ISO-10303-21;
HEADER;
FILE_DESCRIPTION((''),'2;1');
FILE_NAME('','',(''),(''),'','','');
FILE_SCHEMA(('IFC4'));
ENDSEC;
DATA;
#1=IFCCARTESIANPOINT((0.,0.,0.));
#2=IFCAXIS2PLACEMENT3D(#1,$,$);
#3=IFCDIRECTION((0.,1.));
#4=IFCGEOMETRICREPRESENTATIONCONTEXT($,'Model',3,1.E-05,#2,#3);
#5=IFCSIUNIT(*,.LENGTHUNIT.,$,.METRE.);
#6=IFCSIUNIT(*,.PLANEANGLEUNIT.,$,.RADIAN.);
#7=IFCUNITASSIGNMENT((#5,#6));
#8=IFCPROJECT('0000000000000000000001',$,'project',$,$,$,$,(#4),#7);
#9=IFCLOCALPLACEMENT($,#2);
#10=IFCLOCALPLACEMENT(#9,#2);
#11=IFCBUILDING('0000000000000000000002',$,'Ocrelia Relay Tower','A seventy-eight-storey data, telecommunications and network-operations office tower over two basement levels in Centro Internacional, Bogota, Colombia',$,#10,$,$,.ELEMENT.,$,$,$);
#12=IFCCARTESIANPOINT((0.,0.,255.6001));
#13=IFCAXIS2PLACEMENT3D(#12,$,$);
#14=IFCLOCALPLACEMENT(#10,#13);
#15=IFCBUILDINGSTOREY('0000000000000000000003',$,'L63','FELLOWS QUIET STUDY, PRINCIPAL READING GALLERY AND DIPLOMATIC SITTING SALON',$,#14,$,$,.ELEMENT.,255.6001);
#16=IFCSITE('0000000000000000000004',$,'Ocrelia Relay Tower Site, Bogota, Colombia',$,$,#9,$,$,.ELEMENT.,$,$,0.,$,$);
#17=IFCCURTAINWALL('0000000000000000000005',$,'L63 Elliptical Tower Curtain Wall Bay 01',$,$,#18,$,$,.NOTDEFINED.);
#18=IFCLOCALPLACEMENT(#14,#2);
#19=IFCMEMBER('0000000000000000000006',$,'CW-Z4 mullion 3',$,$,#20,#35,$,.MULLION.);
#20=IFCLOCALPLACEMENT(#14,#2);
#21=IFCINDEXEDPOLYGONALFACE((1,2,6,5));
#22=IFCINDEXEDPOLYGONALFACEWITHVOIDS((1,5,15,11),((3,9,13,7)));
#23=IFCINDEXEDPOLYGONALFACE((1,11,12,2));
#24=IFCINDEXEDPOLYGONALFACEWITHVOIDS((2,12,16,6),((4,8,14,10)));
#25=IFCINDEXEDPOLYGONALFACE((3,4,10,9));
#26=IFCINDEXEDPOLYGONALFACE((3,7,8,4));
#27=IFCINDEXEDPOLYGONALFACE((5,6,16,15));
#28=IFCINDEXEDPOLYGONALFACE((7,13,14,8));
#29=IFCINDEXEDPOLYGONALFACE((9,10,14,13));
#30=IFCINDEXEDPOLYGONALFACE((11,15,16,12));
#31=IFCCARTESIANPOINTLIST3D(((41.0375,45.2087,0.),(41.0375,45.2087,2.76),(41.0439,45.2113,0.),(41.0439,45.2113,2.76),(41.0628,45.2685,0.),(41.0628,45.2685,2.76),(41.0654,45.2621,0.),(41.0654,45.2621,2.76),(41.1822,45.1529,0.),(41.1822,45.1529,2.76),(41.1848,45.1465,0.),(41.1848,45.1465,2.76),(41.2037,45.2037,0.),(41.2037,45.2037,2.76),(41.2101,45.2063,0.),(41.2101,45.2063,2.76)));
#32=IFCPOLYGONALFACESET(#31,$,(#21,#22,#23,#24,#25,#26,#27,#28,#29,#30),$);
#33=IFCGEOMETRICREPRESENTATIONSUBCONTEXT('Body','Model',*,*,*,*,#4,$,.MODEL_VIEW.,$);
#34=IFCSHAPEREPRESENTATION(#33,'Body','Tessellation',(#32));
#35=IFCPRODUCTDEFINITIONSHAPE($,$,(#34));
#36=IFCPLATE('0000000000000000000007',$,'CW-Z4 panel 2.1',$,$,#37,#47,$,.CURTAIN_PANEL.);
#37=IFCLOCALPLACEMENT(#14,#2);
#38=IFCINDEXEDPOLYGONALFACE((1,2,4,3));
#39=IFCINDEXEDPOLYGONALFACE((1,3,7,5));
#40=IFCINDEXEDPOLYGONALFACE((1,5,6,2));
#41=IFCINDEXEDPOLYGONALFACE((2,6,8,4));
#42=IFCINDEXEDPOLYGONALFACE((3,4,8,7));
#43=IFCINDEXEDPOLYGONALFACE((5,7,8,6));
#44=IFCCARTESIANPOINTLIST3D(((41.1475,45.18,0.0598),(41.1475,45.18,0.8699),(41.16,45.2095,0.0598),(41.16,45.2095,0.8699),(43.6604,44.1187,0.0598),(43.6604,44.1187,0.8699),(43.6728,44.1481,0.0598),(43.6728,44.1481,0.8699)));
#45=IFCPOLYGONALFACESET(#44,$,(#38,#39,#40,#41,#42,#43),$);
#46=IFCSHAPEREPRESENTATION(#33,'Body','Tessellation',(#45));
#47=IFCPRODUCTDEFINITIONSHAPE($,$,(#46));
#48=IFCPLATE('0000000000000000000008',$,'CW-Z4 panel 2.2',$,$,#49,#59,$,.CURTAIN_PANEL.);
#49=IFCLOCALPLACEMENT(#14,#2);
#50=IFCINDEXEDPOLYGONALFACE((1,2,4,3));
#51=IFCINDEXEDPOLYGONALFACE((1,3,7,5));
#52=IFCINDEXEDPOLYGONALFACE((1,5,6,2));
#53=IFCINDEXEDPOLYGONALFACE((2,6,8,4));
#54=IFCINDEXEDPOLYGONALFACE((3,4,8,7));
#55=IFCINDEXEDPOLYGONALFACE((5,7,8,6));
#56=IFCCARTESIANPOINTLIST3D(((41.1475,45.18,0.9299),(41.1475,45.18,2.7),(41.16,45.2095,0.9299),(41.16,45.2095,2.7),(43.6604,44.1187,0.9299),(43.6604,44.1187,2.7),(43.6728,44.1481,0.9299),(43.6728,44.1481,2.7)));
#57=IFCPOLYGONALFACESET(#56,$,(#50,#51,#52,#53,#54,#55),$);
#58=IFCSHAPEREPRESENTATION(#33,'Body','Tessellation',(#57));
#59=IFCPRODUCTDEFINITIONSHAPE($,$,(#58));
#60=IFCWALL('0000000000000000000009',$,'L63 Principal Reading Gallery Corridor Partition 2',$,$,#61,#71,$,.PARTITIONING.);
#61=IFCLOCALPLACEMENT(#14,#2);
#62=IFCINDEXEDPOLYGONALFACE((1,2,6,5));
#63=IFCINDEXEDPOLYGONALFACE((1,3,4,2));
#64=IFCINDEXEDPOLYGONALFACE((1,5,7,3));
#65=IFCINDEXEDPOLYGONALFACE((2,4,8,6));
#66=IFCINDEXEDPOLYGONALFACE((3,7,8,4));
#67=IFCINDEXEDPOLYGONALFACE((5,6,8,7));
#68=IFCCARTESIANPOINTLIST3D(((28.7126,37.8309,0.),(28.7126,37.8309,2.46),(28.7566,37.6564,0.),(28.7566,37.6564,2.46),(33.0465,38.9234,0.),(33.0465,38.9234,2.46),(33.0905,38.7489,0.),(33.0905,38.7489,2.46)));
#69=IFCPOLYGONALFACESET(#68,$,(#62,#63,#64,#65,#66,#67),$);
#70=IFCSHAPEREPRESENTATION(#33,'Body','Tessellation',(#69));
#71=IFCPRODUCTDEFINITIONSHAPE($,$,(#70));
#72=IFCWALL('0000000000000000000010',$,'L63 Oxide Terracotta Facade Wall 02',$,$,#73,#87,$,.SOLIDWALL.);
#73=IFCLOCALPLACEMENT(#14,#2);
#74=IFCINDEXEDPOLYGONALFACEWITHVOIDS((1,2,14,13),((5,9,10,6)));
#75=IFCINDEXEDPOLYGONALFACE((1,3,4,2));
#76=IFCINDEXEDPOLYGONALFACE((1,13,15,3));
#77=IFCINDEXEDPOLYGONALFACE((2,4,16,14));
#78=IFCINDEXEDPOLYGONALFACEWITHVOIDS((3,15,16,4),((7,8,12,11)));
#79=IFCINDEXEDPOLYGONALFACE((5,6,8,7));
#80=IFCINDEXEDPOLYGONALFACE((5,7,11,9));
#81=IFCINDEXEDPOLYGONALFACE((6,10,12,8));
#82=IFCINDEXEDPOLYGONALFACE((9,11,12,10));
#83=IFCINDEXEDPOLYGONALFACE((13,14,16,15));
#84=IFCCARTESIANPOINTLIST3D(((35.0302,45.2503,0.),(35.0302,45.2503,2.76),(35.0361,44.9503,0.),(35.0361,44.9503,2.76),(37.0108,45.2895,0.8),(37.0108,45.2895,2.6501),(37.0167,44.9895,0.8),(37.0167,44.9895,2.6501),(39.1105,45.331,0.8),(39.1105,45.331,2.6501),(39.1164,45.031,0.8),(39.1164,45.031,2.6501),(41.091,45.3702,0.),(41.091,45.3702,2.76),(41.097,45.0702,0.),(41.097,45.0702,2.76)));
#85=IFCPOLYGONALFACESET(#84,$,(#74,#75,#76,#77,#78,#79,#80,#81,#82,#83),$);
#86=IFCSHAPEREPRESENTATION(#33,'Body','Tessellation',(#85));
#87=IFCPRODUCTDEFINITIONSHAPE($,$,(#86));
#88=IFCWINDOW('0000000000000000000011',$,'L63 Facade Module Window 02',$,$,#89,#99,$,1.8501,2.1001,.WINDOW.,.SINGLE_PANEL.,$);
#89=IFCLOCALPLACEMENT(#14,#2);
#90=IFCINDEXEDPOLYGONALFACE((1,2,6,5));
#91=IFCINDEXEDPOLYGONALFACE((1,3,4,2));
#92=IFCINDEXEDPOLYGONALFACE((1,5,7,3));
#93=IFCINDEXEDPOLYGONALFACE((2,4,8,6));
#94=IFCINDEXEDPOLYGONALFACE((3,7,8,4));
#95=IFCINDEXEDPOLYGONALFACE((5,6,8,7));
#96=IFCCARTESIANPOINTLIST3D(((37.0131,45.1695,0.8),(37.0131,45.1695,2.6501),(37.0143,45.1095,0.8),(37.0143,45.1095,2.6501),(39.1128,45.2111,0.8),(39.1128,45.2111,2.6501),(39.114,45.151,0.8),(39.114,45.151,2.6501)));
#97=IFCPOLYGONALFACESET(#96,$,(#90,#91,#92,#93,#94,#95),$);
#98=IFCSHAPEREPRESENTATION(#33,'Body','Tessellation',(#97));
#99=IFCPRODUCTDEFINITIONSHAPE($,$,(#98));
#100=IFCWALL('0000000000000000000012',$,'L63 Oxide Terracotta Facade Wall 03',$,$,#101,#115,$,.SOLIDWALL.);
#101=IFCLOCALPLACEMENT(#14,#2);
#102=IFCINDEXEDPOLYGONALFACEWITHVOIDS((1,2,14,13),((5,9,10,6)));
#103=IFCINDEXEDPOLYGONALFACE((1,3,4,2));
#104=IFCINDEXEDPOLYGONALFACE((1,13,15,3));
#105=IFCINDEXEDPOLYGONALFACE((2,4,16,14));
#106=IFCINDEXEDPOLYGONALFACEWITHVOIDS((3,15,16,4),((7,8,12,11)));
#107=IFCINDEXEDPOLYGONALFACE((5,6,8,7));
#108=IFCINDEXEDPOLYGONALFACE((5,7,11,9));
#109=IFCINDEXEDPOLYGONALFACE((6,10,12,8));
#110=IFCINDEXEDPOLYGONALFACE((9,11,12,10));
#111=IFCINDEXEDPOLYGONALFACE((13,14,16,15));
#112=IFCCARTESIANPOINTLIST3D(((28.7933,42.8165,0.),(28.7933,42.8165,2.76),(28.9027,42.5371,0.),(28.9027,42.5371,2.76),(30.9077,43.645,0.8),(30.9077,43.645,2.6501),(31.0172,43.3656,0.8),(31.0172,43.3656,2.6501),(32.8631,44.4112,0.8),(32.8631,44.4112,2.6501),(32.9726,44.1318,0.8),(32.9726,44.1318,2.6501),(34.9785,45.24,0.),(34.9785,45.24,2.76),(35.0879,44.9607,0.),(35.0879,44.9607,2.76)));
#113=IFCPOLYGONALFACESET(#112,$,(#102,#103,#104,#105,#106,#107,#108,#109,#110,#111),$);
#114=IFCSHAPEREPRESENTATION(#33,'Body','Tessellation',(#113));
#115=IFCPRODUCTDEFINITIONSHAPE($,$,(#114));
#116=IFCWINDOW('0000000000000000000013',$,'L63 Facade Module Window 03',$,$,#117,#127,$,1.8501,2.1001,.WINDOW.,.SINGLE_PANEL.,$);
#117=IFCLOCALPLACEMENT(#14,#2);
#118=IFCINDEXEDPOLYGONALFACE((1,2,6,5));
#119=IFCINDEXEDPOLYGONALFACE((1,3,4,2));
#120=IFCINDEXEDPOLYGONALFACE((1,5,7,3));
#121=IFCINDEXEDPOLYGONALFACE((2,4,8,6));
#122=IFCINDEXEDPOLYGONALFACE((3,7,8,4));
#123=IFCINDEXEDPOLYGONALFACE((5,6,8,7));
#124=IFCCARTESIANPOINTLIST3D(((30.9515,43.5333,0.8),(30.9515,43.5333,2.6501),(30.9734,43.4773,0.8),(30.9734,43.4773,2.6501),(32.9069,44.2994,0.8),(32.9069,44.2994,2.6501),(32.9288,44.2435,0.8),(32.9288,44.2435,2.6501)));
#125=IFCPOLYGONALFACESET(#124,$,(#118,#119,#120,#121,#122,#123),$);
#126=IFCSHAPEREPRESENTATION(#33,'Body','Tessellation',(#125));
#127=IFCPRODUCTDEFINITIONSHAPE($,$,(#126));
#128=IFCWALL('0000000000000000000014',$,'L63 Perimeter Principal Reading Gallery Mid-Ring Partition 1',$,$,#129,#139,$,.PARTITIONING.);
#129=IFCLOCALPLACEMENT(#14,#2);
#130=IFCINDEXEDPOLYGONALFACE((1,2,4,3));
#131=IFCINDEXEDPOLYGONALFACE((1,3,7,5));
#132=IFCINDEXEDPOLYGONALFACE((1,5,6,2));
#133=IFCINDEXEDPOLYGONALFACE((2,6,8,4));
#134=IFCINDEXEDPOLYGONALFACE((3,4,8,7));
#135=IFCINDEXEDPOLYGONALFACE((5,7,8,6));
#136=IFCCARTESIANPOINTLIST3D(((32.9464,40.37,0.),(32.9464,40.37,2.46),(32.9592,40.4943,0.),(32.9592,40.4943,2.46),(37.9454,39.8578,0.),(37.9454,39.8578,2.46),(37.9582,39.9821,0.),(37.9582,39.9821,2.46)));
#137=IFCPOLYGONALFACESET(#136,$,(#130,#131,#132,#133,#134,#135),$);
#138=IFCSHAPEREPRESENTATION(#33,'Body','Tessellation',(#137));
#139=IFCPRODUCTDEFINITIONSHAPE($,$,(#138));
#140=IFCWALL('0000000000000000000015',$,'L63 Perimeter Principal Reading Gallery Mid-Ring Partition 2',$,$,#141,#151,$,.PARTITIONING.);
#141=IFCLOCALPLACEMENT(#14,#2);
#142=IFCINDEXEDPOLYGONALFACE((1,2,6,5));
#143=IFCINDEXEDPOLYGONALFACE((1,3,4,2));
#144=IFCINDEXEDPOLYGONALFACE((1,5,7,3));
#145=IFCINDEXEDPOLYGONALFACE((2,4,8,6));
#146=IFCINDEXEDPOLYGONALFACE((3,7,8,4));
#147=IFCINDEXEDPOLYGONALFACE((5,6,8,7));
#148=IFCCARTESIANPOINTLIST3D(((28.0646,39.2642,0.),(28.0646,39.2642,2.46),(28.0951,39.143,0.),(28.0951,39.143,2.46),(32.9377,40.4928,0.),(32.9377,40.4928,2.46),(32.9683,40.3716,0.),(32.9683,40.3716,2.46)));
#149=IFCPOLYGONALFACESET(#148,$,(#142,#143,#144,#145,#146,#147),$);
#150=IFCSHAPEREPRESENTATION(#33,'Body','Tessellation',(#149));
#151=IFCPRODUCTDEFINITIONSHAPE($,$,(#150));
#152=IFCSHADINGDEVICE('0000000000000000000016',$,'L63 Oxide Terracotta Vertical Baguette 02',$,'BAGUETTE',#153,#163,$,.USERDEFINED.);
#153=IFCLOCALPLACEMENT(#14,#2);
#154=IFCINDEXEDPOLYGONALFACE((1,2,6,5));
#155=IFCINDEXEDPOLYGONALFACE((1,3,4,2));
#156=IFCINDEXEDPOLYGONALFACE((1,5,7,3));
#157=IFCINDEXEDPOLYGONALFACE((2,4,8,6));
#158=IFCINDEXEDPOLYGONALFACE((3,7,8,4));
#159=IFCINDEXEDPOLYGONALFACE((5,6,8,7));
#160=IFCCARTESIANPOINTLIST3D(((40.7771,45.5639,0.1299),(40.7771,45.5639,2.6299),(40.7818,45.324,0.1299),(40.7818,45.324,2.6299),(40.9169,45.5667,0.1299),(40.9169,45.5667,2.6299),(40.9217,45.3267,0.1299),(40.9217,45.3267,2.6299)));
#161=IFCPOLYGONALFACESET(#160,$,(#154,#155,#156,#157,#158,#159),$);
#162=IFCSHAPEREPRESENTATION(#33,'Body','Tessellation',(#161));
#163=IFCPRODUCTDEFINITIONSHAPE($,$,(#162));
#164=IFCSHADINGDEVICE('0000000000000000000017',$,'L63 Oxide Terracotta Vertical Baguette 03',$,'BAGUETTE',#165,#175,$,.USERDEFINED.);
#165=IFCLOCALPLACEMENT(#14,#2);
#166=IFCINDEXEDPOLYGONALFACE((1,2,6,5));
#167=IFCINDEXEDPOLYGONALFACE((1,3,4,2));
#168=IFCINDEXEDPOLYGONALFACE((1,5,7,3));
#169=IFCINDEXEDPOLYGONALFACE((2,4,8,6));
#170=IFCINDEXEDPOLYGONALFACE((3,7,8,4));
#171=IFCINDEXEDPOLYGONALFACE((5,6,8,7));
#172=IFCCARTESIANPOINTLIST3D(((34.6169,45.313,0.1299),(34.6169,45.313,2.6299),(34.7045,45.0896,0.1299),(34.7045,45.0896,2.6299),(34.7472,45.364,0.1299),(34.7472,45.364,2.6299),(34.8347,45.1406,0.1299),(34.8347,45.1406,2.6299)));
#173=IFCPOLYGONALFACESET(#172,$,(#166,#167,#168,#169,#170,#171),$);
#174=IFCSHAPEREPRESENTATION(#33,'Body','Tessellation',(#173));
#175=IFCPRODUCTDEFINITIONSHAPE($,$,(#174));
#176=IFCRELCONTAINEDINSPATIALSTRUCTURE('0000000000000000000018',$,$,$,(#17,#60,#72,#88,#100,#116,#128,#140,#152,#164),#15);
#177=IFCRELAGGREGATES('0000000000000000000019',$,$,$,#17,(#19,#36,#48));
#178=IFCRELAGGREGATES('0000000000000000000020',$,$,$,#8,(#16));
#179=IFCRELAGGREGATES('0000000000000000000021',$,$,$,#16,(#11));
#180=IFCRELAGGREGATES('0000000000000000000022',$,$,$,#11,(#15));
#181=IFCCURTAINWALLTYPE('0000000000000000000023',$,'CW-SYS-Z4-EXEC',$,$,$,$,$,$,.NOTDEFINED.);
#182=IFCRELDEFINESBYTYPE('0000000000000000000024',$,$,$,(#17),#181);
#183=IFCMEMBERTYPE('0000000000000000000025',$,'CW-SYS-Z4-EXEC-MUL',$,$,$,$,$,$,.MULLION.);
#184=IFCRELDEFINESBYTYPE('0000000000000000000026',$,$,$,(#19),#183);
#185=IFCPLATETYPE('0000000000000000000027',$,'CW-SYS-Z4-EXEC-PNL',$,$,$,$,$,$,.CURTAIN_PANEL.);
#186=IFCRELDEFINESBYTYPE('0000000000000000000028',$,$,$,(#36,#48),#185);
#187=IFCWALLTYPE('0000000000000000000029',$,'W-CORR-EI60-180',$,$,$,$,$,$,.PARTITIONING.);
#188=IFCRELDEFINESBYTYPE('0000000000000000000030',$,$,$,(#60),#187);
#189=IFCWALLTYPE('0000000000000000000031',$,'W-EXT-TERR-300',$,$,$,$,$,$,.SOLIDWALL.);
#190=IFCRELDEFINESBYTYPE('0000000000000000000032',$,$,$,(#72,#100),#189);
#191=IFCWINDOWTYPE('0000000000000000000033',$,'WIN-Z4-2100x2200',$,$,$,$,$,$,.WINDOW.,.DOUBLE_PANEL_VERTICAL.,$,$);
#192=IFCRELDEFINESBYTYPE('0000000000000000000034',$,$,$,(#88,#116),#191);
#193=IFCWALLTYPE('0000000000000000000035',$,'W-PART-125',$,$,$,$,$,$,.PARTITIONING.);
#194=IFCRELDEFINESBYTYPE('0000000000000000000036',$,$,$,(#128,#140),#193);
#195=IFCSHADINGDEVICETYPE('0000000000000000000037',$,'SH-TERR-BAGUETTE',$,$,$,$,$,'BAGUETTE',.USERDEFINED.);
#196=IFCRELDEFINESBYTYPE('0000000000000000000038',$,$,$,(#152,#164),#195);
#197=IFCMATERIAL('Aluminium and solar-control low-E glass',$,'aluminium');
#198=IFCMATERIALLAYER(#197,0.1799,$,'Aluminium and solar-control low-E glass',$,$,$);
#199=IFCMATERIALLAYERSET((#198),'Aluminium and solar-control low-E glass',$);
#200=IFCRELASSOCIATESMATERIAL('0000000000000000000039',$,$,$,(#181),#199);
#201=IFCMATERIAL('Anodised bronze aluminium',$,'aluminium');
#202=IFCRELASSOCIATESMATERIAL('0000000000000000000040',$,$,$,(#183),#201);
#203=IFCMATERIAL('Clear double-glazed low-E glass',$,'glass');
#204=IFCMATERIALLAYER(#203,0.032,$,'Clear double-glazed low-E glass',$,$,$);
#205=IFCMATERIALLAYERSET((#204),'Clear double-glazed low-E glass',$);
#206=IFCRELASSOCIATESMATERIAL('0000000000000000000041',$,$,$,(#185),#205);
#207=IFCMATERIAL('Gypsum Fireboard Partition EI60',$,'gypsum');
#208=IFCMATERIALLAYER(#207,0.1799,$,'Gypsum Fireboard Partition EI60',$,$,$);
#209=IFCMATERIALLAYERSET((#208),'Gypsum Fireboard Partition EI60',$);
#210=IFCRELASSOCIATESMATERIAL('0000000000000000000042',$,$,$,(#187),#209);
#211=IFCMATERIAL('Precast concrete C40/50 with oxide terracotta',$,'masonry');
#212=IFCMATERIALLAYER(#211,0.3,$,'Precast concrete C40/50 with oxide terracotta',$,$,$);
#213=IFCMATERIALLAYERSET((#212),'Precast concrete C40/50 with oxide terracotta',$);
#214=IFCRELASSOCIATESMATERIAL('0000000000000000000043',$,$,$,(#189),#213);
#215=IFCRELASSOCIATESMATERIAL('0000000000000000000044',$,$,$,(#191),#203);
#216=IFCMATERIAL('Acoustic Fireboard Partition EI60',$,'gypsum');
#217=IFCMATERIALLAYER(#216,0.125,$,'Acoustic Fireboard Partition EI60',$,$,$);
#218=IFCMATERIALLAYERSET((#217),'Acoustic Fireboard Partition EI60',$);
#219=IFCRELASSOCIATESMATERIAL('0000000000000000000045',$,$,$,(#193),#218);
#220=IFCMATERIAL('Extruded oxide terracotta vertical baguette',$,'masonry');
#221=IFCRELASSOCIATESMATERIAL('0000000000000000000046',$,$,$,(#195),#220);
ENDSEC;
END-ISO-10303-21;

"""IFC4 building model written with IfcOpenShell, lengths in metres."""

from ifc_helpers import new_model, si_unit, direction, frame, frame_2d, origin, origin_2d, place, context, subcontext, project, spatial, rectangle, hollow_rectangle, extrude, material, layer, layer_set, material_profile, profile_set, type_object, element, fill, aggregate, save


model = new_model("IFC4")

# Units and contexts
model_context = context("Model", 3, precision=1e-05, world=origin(), true_north=direction((0.0, 1.0)))
body_context = subcontext(model_context, "Body", "Model", "MODEL_VIEW")
ifc_project = project(units=[si_unit("LENGTHUNIT", "METRE"), si_unit("PLANEANGLEUNIT", "RADIAN")], contexts=[model_context])

# Site, building, storey
site_placement = place(None, origin())
site = spatial("IfcSite", under=ifc_project, at=site_placement, Name="Ocrelia Relay Tower Site, Bogota, Colombia", CompositionType="ELEMENT", RefElevation=0.0)
building_placement = place(site_placement, origin())
building = spatial("IfcBuilding", under=site, at=building_placement, Name="Ocrelia Relay Tower", Description="A seventy-eight-storey data, telecommunications and network-operations office tower over two basement levels in Centro Internacional, Bogota, Colombia", CompositionType="ELEMENT")
storey_placement = place(building_placement, frame((0.0, 0.0, 255.6001)))
storey = spatial("IfcBuildingStorey", under=building, at=storey_placement, Name="L63", Description="FELLOWS QUIET STUDY, PRINCIPAL READING GALLERY AND DIPLOMATIC SITTING SALON", CompositionType="ELEMENT", Elevation=255.6001)

# Curtain wall, member, plates
ifc_material_1 = material(Name="Aluminium and solar-control low-E glass", Category="aluminium")
ifc_layer_1 = layer(ifc_material_1, 0.1799, Name="Aluminium and solar-control low-E glass")
ifc_layer_set_1 = layer_set([ifc_layer_1], Name="Aluminium and solar-control low-E glass")
curtain_wall_type = type_object("IfcCurtainWallType", Name="CW-SYS-Z4-EXEC", PredefinedType="NOTDEFINED", material=ifc_layer_set_1)
curtain_wall_placement = place(storey_placement, origin())
curtain_wall = element("IfcCurtainWall", 1, at=curtain_wall_placement, inside=storey, type_object=curtain_wall_type, Name="L63 Elliptical Tower Curtain Wall Bay 01", PredefinedType="NOTDEFINED")
ifc_material_2 = material(Name="Anodised bronze aluminium", Category="aluminium")
ifc_material_profile_1 = material_profile(ifc_material_2, hollow_rectangle(XDim=0.0649, YDim=0.1599, WallThickness=0.0049, at=origin_2d()), Name="CW-MUL-160x65")
ifc_profile_set_1 = profile_set([ifc_material_profile_1], Name="Anodised bronze aluminium")
member_type = type_object("IfcMemberType", Name="CW-SYS-Z4-EXEC-MUL", PredefinedType="MULLION", material=ifc_profile_set_1)
member_placement = place(storey_placement, frame((41.1238, 45.2075, 0.0), z_axis=(0.0, 0.0, 1.0), x_axis=(-0.389091, -0.921199, 0.0)))
member = element("IfcMember", 2, at=member_placement, type_object=member_type, Name="CW-Z4 mullion 3", PredefinedType="MULLION", context=body_context, shape_type="SweptSolid", body=[
    extrude(hollow_rectangle(XDim=0.0649, YDim=0.1599, WallThickness=0.0049, at=origin_2d()), origin(), (0.0, 0.0, 1.0), 2.76),
])
ifc_material_3 = material(Name="Clear double-glazed low-E glass", Category="glass")
ifc_layer_2 = layer(ifc_material_3, 0.032, Name="Clear double-glazed low-E glass")
ifc_layer_set_2 = layer_set([ifc_layer_2], Name="Clear double-glazed low-E glass")
plate_type = type_object("IfcPlateType", Name="CW-SYS-Z4-EXEC-PNL", PredefinedType="CURTAIN_PANEL", material=ifc_layer_set_2)
plate_1_placement = place(storey_placement, frame((42.4102, 44.6641, 0.0598), z_axis=(0.0, 0.0, 1.0), x_axis=(-0.921199, 0.389091, 0.0)))
plate_1 = element("IfcPlate", 3, at=plate_1_placement, type_object=plate_type, Name="CW-Z4 panel 2.1", PredefinedType="CURTAIN_PANEL", context=body_context, shape_type="SweptSolid", body=[
    extrude(rectangle(XDim=2.7278, YDim=0.032, at=origin_2d()), origin(), (0.0, 0.0, 1.0), 0.8101),
])
plate_2_placement = place(storey_placement, frame((42.4102, 44.6641, 0.9299), z_axis=(0.0, 0.0, 1.0), x_axis=(-0.921199, 0.389091, 0.0)))
plate_2 = element("IfcPlate", 4, at=plate_2_placement, type_object=plate_type, Name="CW-Z4 panel 2.2", PredefinedType="CURTAIN_PANEL", context=body_context, shape_type="SweptSolid", body=[
    extrude(rectangle(XDim=2.7278, YDim=0.032, at=origin_2d()), origin(), (0.0, 0.0, 1.0), 1.77),
])
aggregate(curtain_wall, [member, plate_1, plate_2])

# Wall
ifc_material_4 = material(Name="Gypsum Fireboard Partition EI60", Category="gypsum")
ifc_layer_3 = layer(ifc_material_4, 0.1799, Name="Gypsum Fireboard Partition EI60")
ifc_layer_set_3 = layer_set([ifc_layer_3], Name="Gypsum Fireboard Partition EI60")
wall_type_1 = type_object("IfcWallType", Name="W-CORR-EI60-180", PredefinedType="PARTITIONING", material=ifc_layer_set_3)
wall_1_placement = place(storey_placement, frame((33.0686, 38.8362, 0.0), z_axis=(0.0, 0.0, 1.0), x_axis=(-0.969665, -0.244437, 0.0)))
element("IfcWall", 5, at=wall_1_placement, inside=storey, type_object=wall_type_1, Name="L63 Principal Reading Gallery Corridor Partition 2", PredefinedType="PARTITIONING", context=body_context, shape_type="SweptSolid", body=[
    extrude(rectangle(XDim=4.4695, YDim=0.1799, at=frame_2d((2.2349, 0.0))), origin(), (0.0, 0.0, 1.0), 2.46),
])

# Walls, openings, windows
ifc_material_5 = material(Name="Precast concrete C40/50 with oxide terracotta", Category="masonry")
ifc_layer_4 = layer(ifc_material_5, 0.3, Name="Precast concrete C40/50 with oxide terracotta")
ifc_layer_set_4 = layer_set([ifc_layer_4], Name="Precast concrete C40/50 with oxide terracotta")
wall_type_2 = type_object("IfcWallType", Name="W-EXT-TERR-300", PredefinedType="SOLIDWALL", material=ifc_layer_set_4)
wall_2_placement = place(storey_placement, frame((41.094, 45.2202, 0.0), z_axis=(0.0, 0.0, 1.0), x_axis=(-0.999804, -0.019775, 0.0)))
wall_2 = element("IfcWall", 6, at=wall_2_placement, inside=storey, type_object=wall_type_2, Name="L63 Oxide Terracotta Facade Wall 02", PredefinedType="SOLIDWALL", context=body_context, shape_type="SweptSolid", body=[
    extrude(rectangle(XDim=6.062, YDim=0.3, at=frame_2d((3.031, 0.0))), origin(), (0.0, 0.0, 1.0), 2.76),
])
opening_1_placement = place(wall_2_placement, frame((1.981, 0.0, 0.8)))
opening_1 = element("IfcOpeningElement", 7, at=opening_1_placement, cuts=wall_2, PredefinedType="OPENING", context=body_context, shape_type="SweptSolid", body=[
    extrude(rectangle(XDim=2.1001, YDim=1.8501, at=frame_2d((1.05, 0.925))), frame((0.0, 0.1602, 0.0), z_axis=(0.0, -1.0, 0.0), x_axis=(1.0, 0.0, 0.0)), (0.0, 0.0, 1.0), 0.3201),
])
window_type = type_object("IfcWindowType", Name="WIN-Z4-2100x2200", PartitioningType="DOUBLE_PANEL_VERTICAL", PredefinedType="WINDOW", material=ifc_material_3)
window_1_placement = place(opening_1_placement, origin())
window_1 = element("IfcWindow", 8, at=window_1_placement, inside=storey, type_object=window_type, Name="L63 Facade Module Window 02", OverallHeight=1.8501, OverallWidth=2.1001, PartitioningType="SINGLE_PANEL", PredefinedType="WINDOW", context=body_context, shape_type="SweptSolid", body=[
    extrude(rectangle(XDim=2.1001, YDim=1.8501, at=frame_2d((1.05, 0.925))), frame((0.0, 0.03, 0.0), z_axis=(0.0, -1.0, 0.0), x_axis=(1.0, 0.0, 0.0)), (0.0, 0.0, 1.0), 0.0601),
])
fill(opening_1, window_1)
wall_3_placement = place(storey_placement, frame((35.0332, 45.1003, 0.0), z_axis=(0.0, 0.0, 1.0), x_axis=(-0.931077, -0.364823, 0.0)))
wall_3 = element("IfcWall", 9, at=wall_3_placement, inside=storey, type_object=wall_type_2, Name="L63 Oxide Terracotta Facade Wall 03", PredefinedType="SOLIDWALL", context=body_context, shape_type="SweptSolid", body=[
    extrude(rectangle(XDim=6.6431, YDim=0.3, at=frame_2d((3.3215, 0.0))), origin(), (0.0, 0.0, 1.0), 2.76),
])
opening_2_placement = place(wall_3_placement, frame((2.272, 0.0, 0.8)))
opening_2 = element("IfcOpeningElement", 10, at=opening_2_placement, cuts=wall_3, PredefinedType="OPENING", context=body_context, shape_type="SweptSolid", body=[
    extrude(rectangle(XDim=2.1001, YDim=1.8501, at=frame_2d((1.05, 0.925))), frame((0.0, 0.1602, 0.0), z_axis=(0.0, -1.0, 0.0), x_axis=(1.0, 0.0, 0.0)), (0.0, 0.0, 1.0), 0.3201),
])
window_2_placement = place(opening_2_placement, origin())
window_2 = element("IfcWindow", 11, at=window_2_placement, inside=storey, type_object=window_type, Name="L63 Facade Module Window 03", OverallHeight=1.8501, OverallWidth=2.1001, PartitioningType="SINGLE_PANEL", PredefinedType="WINDOW", context=body_context, shape_type="SweptSolid", body=[
    extrude(rectangle(XDim=2.1001, YDim=1.8501, at=frame_2d((1.05, 0.925))), frame((0.0, 0.03, 0.0), z_axis=(0.0, -1.0, 0.0), x_axis=(1.0, 0.0, 0.0)), (0.0, 0.0, 1.0), 0.0601),
])
fill(opening_2, window_2)

# Walls
ifc_material_6 = material(Name="Acoustic Fireboard Partition EI60", Category="gypsum")
ifc_layer_5 = layer(ifc_material_6, 0.125, Name="Acoustic Fireboard Partition EI60")
ifc_layer_set_5 = layer_set([ifc_layer_5], Name="Acoustic Fireboard Partition EI60")
wall_type_3 = type_object("IfcWallType", Name="W-PART-125", PredefinedType="PARTITIONING", material=ifc_layer_set_5)
wall_4_placement = place(storey_placement, frame((37.9519, 39.9199, 0.0), z_axis=(0.0, 0.0, 1.0), x_axis=(-0.994792, 0.101928, 0.0)))
element("IfcWall", 12, at=wall_4_placement, inside=storey, type_object=wall_type_3, Name="L63 Perimeter Principal Reading Gallery Mid-Ring Partition 1", PredefinedType="PARTITIONING", context=body_context, shape_type="SweptSolid", body=[
    extrude(rectangle(XDim=5.0251, YDim=0.125, at=frame_2d((2.5127, 0.0))), origin(), (0.0, 0.0, 1.0), 2.46),
])
wall_5_placement = place(storey_placement, frame((32.9529, 40.4321, 0.0), z_axis=(0.0, 0.0, 1.0), x_axis=(-0.969661, -0.244455, 0.0)))
element("IfcWall", 13, at=wall_5_placement, inside=storey, type_object=wall_type_3, Name="L63 Perimeter Principal Reading Gallery Mid-Ring Partition 2", PredefinedType="PARTITIONING", context=body_context, shape_type="SweptSolid", body=[
    extrude(rectangle(XDim=5.0256, YDim=0.125, at=frame_2d((2.5127, 0.0))), origin(), (0.0, 0.0, 1.0), 2.46),
])

# Shading devices
ifc_material_7 = material(Name="Extruded oxide terracotta vertical baguette", Category="masonry")
shading_device_type_1 = type_object("IfcShadingDeviceType", Name="SH-TERR-BAGUETTE", ElementType="BAGUETTE", PredefinedType="USERDEFINED", material=ifc_material_7)
for number, where, z_axis, x_axis, name in (
    (14, (40.8494, 45.4453, 0.1299), (0.0, 0.0, 1.0), (-0.999805, -0.019763, 0.0), "L63 Oxide Terracotta Vertical Baguette 02"),
    (15, (34.7258, 45.2268, 0.1299), (0.0, 0.0, 1.0), (-0.931076, -0.364826, 0.0), "L63 Oxide Terracotta Vertical Baguette 03"),
):
    element("IfcShadingDevice", number, at=place(storey_placement, frame(where, z_axis=z_axis, x_axis=x_axis)), inside=storey, type_object=shading_device_type_1, Name=name, ObjectType="BAGUETTE", PredefinedType="USERDEFINED", context=body_context, shape_type="SweptSolid", body=[
        extrude(rectangle(XDim=0.1399, YDim=0.24, at=origin_2d()), origin(), (0.0, 0.0, 1.0), 2.5),
    ])

save(model, "model.ifc")
